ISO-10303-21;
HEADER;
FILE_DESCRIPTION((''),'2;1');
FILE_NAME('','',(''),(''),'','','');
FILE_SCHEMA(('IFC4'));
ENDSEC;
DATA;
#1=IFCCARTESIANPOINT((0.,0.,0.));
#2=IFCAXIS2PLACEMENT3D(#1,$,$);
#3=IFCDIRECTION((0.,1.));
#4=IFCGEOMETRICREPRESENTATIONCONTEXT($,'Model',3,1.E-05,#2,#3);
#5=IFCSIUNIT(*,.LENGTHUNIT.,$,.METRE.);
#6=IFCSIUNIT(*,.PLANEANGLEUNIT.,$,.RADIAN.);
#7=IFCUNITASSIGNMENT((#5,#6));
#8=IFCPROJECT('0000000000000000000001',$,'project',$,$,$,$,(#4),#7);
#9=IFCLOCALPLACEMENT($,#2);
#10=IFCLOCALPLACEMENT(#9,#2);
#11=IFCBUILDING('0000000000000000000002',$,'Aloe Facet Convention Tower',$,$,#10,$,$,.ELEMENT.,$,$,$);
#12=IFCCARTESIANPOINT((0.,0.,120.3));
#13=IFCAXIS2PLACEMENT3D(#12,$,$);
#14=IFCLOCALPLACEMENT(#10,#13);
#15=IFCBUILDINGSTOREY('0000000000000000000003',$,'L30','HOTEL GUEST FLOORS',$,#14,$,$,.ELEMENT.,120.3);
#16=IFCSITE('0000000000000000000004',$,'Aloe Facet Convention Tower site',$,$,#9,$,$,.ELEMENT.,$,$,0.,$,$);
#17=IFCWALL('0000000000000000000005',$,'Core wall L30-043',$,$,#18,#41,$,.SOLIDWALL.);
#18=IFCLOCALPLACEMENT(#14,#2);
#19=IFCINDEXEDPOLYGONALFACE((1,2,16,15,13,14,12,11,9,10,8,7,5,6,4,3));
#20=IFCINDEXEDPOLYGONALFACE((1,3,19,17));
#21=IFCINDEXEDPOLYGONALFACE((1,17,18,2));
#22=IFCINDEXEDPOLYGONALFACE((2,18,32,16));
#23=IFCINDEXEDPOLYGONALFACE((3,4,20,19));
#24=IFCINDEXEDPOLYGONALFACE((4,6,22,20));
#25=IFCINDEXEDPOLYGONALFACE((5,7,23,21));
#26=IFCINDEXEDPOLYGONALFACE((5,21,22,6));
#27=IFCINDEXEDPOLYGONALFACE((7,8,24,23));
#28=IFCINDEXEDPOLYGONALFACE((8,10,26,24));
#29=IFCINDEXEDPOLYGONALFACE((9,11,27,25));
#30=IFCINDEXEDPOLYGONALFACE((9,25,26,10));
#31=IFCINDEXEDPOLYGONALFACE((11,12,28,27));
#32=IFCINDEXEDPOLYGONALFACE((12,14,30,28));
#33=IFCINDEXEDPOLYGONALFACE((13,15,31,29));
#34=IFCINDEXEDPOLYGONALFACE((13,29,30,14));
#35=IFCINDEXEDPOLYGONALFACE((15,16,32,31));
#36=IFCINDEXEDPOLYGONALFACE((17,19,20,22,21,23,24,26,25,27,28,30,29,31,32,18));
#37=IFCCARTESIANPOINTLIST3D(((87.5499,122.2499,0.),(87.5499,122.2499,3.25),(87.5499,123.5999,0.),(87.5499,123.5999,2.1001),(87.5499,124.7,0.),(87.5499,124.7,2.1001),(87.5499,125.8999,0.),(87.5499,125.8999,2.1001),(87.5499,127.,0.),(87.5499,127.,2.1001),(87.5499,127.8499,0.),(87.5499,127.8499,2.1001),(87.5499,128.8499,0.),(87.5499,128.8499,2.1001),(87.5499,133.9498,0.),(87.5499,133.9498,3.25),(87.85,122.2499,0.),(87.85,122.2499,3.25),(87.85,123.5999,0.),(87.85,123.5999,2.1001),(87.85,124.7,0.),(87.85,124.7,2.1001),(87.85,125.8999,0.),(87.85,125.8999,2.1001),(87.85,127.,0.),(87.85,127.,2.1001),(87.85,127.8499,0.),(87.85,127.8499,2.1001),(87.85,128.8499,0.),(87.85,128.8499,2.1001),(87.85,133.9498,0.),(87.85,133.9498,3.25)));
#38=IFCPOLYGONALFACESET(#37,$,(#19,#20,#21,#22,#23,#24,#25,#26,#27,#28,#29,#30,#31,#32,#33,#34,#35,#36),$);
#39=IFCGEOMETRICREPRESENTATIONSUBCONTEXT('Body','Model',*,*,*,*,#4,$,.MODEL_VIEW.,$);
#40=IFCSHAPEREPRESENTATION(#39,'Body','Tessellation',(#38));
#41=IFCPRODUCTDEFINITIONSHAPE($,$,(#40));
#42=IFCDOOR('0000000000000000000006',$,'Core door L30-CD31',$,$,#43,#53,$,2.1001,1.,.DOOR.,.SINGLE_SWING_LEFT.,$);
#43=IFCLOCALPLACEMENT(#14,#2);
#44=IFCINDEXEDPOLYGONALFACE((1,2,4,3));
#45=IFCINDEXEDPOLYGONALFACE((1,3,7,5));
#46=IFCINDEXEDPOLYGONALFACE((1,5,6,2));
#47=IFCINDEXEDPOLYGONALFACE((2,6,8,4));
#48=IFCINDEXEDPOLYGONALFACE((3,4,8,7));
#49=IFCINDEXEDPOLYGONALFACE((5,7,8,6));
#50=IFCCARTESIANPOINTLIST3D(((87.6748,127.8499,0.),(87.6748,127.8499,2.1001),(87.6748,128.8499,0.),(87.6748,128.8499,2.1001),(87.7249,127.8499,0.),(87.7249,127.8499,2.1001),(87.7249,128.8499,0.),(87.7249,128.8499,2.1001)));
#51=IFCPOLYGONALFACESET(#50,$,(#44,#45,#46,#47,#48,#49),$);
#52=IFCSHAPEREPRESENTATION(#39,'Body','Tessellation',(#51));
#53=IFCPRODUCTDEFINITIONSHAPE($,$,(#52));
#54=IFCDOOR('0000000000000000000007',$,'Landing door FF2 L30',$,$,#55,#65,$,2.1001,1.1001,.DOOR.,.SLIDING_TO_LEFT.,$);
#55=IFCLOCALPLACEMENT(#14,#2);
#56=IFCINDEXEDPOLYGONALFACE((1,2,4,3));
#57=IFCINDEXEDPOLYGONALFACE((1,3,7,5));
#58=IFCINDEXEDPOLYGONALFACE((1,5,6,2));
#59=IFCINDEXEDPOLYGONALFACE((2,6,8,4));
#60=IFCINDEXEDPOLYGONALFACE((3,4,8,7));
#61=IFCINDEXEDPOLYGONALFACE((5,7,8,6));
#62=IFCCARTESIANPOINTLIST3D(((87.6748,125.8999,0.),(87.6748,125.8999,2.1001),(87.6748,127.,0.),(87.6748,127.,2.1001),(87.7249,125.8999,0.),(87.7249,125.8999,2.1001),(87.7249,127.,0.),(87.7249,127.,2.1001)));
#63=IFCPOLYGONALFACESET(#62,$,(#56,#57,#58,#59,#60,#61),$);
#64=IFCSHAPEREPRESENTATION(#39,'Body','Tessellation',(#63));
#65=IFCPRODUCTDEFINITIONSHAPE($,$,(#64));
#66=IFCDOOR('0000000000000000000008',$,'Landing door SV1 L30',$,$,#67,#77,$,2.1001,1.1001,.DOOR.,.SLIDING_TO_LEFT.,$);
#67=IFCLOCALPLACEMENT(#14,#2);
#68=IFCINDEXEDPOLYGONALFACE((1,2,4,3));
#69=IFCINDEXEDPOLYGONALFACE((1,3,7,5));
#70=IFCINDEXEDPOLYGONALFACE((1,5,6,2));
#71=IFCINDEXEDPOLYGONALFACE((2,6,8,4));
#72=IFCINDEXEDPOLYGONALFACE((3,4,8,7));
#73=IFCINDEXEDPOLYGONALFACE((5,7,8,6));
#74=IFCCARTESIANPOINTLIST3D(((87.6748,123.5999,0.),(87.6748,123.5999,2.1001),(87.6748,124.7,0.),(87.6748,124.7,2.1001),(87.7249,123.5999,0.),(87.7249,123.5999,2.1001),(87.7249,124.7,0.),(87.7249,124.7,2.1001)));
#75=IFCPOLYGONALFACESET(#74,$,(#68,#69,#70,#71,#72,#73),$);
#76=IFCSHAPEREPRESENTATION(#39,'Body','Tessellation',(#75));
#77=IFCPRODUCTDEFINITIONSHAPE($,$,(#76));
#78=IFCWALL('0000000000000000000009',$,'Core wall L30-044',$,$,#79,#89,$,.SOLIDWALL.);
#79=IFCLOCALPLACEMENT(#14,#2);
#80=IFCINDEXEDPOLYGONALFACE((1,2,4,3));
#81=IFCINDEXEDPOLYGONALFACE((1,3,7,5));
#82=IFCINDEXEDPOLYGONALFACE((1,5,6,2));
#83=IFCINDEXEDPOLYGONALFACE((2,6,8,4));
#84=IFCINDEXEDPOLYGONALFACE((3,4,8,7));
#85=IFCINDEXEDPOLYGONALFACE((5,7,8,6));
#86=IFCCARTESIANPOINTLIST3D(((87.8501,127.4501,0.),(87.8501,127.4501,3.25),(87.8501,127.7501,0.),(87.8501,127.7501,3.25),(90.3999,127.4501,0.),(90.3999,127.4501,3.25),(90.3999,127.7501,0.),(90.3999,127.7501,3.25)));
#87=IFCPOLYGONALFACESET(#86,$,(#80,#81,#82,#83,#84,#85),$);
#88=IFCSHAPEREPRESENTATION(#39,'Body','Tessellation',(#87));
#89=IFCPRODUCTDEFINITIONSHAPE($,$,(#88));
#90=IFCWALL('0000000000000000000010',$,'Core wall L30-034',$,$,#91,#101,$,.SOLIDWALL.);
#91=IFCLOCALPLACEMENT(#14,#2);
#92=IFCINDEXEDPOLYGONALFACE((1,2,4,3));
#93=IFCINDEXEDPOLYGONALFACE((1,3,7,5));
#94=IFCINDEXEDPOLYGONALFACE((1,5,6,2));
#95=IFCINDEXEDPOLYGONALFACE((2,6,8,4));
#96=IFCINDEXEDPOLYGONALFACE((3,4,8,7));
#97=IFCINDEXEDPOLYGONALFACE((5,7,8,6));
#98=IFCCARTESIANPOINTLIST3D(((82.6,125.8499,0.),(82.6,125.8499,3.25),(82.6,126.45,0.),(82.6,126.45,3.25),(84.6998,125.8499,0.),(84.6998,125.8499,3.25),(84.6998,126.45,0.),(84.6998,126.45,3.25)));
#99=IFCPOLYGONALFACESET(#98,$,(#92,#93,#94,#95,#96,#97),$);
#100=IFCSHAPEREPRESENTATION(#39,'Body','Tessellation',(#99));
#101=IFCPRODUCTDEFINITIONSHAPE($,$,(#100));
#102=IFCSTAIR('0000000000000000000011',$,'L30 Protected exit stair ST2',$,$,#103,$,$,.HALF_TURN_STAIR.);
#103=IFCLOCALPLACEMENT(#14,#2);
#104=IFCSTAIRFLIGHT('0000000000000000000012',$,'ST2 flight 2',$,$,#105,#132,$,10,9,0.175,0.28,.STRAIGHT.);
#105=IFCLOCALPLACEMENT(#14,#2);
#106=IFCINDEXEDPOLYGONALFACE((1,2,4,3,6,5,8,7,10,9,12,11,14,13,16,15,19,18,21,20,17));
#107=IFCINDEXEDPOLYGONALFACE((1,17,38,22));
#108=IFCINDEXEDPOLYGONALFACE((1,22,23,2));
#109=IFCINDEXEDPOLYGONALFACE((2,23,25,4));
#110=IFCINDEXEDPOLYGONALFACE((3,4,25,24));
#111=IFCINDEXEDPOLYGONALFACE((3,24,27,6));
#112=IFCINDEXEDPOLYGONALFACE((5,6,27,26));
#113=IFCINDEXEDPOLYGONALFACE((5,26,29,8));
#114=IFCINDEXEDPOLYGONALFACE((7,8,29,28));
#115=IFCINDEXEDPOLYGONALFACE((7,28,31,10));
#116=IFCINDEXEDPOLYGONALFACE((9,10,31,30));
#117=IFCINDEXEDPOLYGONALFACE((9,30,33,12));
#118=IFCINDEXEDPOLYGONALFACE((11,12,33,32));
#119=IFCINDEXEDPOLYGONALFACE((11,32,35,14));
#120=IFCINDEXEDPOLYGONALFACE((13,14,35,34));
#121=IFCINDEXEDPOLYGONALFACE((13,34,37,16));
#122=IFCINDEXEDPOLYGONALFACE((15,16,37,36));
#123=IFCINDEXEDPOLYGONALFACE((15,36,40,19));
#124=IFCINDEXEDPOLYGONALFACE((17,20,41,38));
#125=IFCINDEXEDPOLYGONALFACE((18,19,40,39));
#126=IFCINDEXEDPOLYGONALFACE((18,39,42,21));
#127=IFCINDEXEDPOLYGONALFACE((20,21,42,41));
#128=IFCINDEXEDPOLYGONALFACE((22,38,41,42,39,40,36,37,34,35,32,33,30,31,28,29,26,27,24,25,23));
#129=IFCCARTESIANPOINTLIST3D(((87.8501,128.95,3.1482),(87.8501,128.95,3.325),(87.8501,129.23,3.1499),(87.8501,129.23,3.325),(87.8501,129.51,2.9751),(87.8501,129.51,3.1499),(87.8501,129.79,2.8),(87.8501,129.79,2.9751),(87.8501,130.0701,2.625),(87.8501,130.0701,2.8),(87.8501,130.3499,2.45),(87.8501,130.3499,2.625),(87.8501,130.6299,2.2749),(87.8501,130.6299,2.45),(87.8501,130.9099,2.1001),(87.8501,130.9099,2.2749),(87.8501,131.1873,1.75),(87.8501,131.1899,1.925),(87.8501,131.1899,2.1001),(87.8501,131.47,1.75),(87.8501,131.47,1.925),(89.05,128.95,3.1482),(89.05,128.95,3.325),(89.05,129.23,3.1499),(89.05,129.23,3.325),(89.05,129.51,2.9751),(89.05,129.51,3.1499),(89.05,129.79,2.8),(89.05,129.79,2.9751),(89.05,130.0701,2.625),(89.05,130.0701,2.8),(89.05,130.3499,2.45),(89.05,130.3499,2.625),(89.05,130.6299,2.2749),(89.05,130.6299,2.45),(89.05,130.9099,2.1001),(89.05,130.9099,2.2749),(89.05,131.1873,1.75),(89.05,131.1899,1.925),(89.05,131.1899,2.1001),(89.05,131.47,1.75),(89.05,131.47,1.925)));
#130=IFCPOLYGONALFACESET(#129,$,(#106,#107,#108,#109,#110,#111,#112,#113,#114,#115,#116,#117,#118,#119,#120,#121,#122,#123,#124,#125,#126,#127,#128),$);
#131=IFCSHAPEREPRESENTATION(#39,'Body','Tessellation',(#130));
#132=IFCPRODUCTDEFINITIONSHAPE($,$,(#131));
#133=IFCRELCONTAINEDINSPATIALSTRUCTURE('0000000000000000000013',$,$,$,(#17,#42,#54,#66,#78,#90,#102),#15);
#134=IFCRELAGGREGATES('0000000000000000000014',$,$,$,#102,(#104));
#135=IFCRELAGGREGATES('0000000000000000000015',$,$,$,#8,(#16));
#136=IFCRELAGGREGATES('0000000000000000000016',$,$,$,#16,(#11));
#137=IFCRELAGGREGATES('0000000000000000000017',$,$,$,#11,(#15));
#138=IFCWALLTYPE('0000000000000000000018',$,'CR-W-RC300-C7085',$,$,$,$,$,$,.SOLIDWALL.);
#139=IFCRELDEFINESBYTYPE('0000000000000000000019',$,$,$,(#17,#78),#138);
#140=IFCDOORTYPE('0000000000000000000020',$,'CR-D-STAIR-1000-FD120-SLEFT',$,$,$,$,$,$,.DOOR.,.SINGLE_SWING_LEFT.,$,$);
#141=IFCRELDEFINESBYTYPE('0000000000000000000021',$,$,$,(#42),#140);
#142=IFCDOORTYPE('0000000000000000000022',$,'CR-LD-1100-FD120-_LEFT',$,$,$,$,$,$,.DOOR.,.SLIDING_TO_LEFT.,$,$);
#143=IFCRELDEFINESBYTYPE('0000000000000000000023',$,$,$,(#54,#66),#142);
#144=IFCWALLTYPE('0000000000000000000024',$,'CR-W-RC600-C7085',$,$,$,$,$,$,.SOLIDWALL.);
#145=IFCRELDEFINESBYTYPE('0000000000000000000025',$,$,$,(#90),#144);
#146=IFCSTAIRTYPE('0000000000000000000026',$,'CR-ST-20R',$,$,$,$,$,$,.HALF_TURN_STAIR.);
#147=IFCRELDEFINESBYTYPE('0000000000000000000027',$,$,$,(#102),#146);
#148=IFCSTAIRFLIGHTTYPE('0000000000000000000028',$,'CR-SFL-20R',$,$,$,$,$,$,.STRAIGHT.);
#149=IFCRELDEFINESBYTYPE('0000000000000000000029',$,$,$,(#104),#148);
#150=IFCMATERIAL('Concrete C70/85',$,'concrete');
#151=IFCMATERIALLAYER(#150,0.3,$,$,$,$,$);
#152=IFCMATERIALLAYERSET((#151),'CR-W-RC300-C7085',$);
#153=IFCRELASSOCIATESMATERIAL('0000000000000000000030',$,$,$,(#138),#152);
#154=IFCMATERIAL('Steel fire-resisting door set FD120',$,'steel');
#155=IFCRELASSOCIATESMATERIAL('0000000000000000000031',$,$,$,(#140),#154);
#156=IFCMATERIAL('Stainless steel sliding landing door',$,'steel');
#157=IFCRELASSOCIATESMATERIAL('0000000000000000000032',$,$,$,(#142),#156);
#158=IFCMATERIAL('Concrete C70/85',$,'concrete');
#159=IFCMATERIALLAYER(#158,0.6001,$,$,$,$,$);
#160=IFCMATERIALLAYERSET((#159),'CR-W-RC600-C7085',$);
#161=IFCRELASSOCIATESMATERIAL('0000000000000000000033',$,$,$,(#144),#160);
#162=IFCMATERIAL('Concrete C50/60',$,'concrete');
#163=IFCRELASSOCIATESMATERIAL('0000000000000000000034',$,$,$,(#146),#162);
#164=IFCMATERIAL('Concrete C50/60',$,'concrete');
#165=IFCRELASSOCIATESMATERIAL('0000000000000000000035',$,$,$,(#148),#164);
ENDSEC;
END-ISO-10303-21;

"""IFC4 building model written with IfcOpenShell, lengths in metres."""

from ifc_helpers import new_model, si_unit, direction, frame, frame_2d, origin, place, context, subcontext, project, spatial, polyline, rectangle, outline, extrude, material, layer, layer_set, type_object, element, fill, aggregate, save


model = new_model("IFC4")

# Units and contexts
model_context = context("Model", 3, precision=1e-05, world=origin(), true_north=direction((0.0, 1.0)))
body_context = subcontext(model_context, "Body", "Model", "MODEL_VIEW")
ifc_project = project(units=[si_unit("LENGTHUNIT", "METRE"), si_unit("PLANEANGLEUNIT", "RADIAN")], contexts=[model_context])

# Site, building, storey
site_placement = place(None, origin())
site = spatial("IfcSite", under=ifc_project, at=site_placement, Name="Aloe Facet Convention Tower site", CompositionType="ELEMENT", RefElevation=0.0)
building_placement = place(site_placement, origin())
building = spatial("IfcBuilding", under=site, at=building_placement, Name="Aloe Facet Convention Tower", CompositionType="ELEMENT")
storey_placement = place(building_placement, frame((0.0, 0.0, 120.3)))
storey = spatial("IfcBuildingStorey", under=building, at=storey_placement, Name="L30", Description="HOTEL GUEST FLOORS", CompositionType="ELEMENT", Elevation=120.3)

# Shared definitions
ifc_material_1 = material(Name="Concrete C70/85", Category="concrete")
ifc_layer_1 = layer(ifc_material_1, 0.3)
ifc_layer_set_1 = layer_set([ifc_layer_1], Name="CR-W-RC300-C7085")
wall_type_1 = type_object("IfcWallType", Name="CR-W-RC300-C7085", PredefinedType="SOLIDWALL", material=ifc_layer_set_1)

# Wall, openings, doors
wall_1_placement = place(storey_placement, frame((87.7, 133.95, 0.0), z_axis=(0.0, 0.0, 1.0), x_axis=(0.0, -1.0, 0.0)))
wall_1 = element("IfcWall", 1, at=wall_1_placement, inside=storey, type_object=wall_type_1, Name="Core wall L30-043", PredefinedType="SOLIDWALL", context=body_context, shape_type="SweptSolid", body=[
    extrude(rectangle(XDim=11.7, YDim=0.3, at=frame_2d((5.8501, 0.0))), origin(), (0.0, 0.0, 1.0), 3.25),
])
opening_1_placement = place(wall_1_placement, frame((6.95, 0.0, 0.0)))
opening_1 = element("IfcOpeningElement", 2, at=opening_1_placement, cuts=wall_1, PredefinedType="OPENING", context=body_context, shape_type="SweptSolid", body=[
    extrude(rectangle(XDim=1.1001, YDim=2.1001, at=frame_2d((0.55, 1.05))), frame((0.0, 0.1602, 0.0), z_axis=(0.0, -1.0, 0.0), x_axis=(1.0, 0.0, 0.0)), (0.0, 0.0, 1.0), 0.3201),
])
opening_2_placement = place(wall_1_placement, frame((5.1001, 0.0, 0.0)))
opening_2 = element("IfcOpeningElement", 3, at=opening_2_placement, cuts=wall_1, PredefinedType="OPENING", context=body_context, shape_type="SweptSolid", body=[
    extrude(rectangle(XDim=1.0, YDim=2.1001, at=frame_2d((0.5, 1.05))), frame((0.0, 0.1602, 0.0), z_axis=(0.0, -1.0, 0.0), x_axis=(1.0, 0.0, 0.0)), (0.0, 0.0, 1.0), 0.3201),
])
opening_3_placement = place(wall_1_placement, frame((9.25, 0.0, 0.0)))
opening_3 = element("IfcOpeningElement", 4, at=opening_3_placement, cuts=wall_1, PredefinedType="OPENING", context=body_context, shape_type="SweptSolid", body=[
    extrude(rectangle(XDim=1.1001, YDim=2.1001, at=frame_2d((0.55, 1.05))), frame((0.0, 0.1602, 0.0), z_axis=(0.0, -1.0, 0.0), x_axis=(1.0, 0.0, 0.0)), (0.0, 0.0, 1.0), 0.3201),
])
ifc_material_2 = material(Name="Steel fire-resisting door set FD120", Category="steel")
door_type_1 = type_object("IfcDoorType", Name="CR-D-STAIR-1000-FD120-SLEFT", OperationType="SINGLE_SWING_LEFT", PredefinedType="DOOR", material=ifc_material_2)
door_1_placement = place(opening_2_placement, origin())
door_1 = element("IfcDoor", 5, at=door_1_placement, inside=storey, type_object=door_type_1, Name="Core door L30-CD31", OperationType="SINGLE_SWING_LEFT", OverallHeight=2.1001, OverallWidth=1.0, PredefinedType="DOOR", context=body_context, shape_type="SweptSolid", body=[
    extrude(rectangle(XDim=1.0, YDim=2.1001, at=frame_2d((0.5, 1.05))), frame((0.0, 0.0249, 0.0), z_axis=(0.0, -1.0, 0.0), x_axis=(1.0, 0.0, 0.0)), (0.0, 0.0, 1.0), 0.05),
])
fill(opening_2, door_1)
ifc_material_3 = material(Name="Stainless steel sliding landing door", Category="steel")
door_type_2 = type_object("IfcDoorType", Name="CR-LD-1100-FD120-_LEFT", OperationType="SLIDING_TO_LEFT", PredefinedType="DOOR", material=ifc_material_3)
door_2_placement = place(opening_1_placement, origin())
door_2 = element("IfcDoor", 6, at=door_2_placement, inside=storey, type_object=door_type_2, Name="Landing door FF2 L30", OperationType="SLIDING_TO_LEFT", OverallHeight=2.1001, OverallWidth=1.1001, PredefinedType="DOOR", context=body_context, shape_type="SweptSolid", body=[
    extrude(rectangle(XDim=1.1001, YDim=2.1001, at=frame_2d((0.55, 1.05))), frame((0.0, 0.0249, 0.0), z_axis=(0.0, -1.0, 0.0), x_axis=(1.0, 0.0, 0.0)), (0.0, 0.0, 1.0), 0.05),
])
fill(opening_1, door_2)
door_3_placement = place(opening_3_placement, origin())
door_3 = element("IfcDoor", 7, at=door_3_placement, inside=storey, type_object=door_type_2, Name="Landing door SV1 L30", OperationType="SLIDING_TO_LEFT", OverallHeight=2.1001, OverallWidth=1.1001, PredefinedType="DOOR", context=body_context, shape_type="SweptSolid", body=[
    extrude(rectangle(XDim=1.1001, YDim=2.1001, at=frame_2d((0.55, 1.05))), frame((0.0, 0.0249, 0.0), z_axis=(0.0, -1.0, 0.0), x_axis=(1.0, 0.0, 0.0)), (0.0, 0.0, 1.0), 0.05),
])
fill(opening_3, door_3)

# Walls
wall_2_placement = place(storey_placement, frame((87.8501, 127.6001, 0.0), z_axis=(0.0, 0.0, 1.0), x_axis=(1.0, 0.0, 0.0)))
element("IfcWall", 8, at=wall_2_placement, inside=storey, type_object=wall_type_1, Name="Core wall L30-044", PredefinedType="SOLIDWALL", context=body_context, shape_type="SweptSolid", body=[
    extrude(rectangle(XDim=2.5498, YDim=0.3, at=frame_2d((1.2749, 0.0))), origin(), (0.0, 0.0, 1.0), 3.25),
])
ifc_material_4 = material(Name="Concrete C70/85", Category="concrete")
ifc_layer_2 = layer(ifc_material_4, 0.6001)
ifc_layer_set_2 = layer_set([ifc_layer_2], Name="CR-W-RC600-C7085")
wall_type_2 = type_object("IfcWallType", Name="CR-W-RC600-C7085", PredefinedType="SOLIDWALL", material=ifc_layer_set_2)
wall_3_placement = place(storey_placement, frame((82.6001, 126.1499, 0.0), z_axis=(0.0, 0.0, 1.0), x_axis=(1.0, 0.0, 0.0)))
element("IfcWall", 9, at=wall_3_placement, inside=storey, type_object=wall_type_2, Name="Core wall L30-034", PredefinedType="SOLIDWALL", context=body_context, shape_type="SweptSolid", body=[
    extrude(rectangle(XDim=2.0999, YDim=0.6001, at=frame_2d((1.0498, 0.0))), origin(), (0.0, 0.0, 1.0), 3.25),
])

# Stair, stair flight
ifc_material_5 = material(Name="Concrete C50/60", Category="concrete")
stair_type = type_object("IfcStairType", Name="CR-ST-20R", PredefinedType="HALF_TURN_STAIR", material=ifc_material_5)
stair_placement = place(storey_placement, origin())
stair = element("IfcStair", 10, at=stair_placement, inside=storey, type_object=stair_type, Name="L30 Protected exit stair ST2", PredefinedType="HALF_TURN_STAIR")
ifc_material_6 = material(Name="Concrete C50/60", Category="concrete")
stair_flight_type = type_object("IfcStairFlightType", Name="CR-SFL-20R", PredefinedType="STRAIGHT", material=ifc_material_6)
stair_flight_placement = place(storey_placement, frame((88.45, 131.47, 1.75), z_axis=(0.0, 0.0, 1.0), x_axis=(0.0, -1.0, 0.0)))
stair_flight = element("IfcStairFlight", 11, at=stair_flight_placement, type_object=stair_flight_type, Name="ST2 flight 2", NumberOfRisers=10, NumberOfTreads=9, PredefinedType="STRAIGHT", RiserHeight=0.175, TreadLength=0.28, context=body_context, shape_type="SweptSolid", body=[
    extrude(outline(polyline([(0.0, 0.0), (0.0, 0.175), (0.28, 0.175), (0.28, 0.3501), (0.5601, 0.3501), (0.5601, 0.5249), (0.8401, 0.5249), (0.8401, 0.7), (1.1201, 0.7), (1.1201, 0.875), (1.3999, 0.875), (1.3999, 1.05), (1.6799, 1.05), (1.6799, 1.2251), (1.96, 1.2251), (1.96, 1.3999), (2.24, 1.3999), (2.24, 1.575), (2.52, 1.575), (2.52, 1.75), (2.52, 1.3982), (0.2827, 0.0), (0.0, 0.0)])), frame((0.0, 0.6001, 0.0), z_axis=(0.0, -1.0, 0.0), x_axis=(1.0, 0.0, 0.0)), (0.0, 0.0, 1.0), 1.2),
])
aggregate(stair, [stair_flight])

save(model, "model.ifc")
